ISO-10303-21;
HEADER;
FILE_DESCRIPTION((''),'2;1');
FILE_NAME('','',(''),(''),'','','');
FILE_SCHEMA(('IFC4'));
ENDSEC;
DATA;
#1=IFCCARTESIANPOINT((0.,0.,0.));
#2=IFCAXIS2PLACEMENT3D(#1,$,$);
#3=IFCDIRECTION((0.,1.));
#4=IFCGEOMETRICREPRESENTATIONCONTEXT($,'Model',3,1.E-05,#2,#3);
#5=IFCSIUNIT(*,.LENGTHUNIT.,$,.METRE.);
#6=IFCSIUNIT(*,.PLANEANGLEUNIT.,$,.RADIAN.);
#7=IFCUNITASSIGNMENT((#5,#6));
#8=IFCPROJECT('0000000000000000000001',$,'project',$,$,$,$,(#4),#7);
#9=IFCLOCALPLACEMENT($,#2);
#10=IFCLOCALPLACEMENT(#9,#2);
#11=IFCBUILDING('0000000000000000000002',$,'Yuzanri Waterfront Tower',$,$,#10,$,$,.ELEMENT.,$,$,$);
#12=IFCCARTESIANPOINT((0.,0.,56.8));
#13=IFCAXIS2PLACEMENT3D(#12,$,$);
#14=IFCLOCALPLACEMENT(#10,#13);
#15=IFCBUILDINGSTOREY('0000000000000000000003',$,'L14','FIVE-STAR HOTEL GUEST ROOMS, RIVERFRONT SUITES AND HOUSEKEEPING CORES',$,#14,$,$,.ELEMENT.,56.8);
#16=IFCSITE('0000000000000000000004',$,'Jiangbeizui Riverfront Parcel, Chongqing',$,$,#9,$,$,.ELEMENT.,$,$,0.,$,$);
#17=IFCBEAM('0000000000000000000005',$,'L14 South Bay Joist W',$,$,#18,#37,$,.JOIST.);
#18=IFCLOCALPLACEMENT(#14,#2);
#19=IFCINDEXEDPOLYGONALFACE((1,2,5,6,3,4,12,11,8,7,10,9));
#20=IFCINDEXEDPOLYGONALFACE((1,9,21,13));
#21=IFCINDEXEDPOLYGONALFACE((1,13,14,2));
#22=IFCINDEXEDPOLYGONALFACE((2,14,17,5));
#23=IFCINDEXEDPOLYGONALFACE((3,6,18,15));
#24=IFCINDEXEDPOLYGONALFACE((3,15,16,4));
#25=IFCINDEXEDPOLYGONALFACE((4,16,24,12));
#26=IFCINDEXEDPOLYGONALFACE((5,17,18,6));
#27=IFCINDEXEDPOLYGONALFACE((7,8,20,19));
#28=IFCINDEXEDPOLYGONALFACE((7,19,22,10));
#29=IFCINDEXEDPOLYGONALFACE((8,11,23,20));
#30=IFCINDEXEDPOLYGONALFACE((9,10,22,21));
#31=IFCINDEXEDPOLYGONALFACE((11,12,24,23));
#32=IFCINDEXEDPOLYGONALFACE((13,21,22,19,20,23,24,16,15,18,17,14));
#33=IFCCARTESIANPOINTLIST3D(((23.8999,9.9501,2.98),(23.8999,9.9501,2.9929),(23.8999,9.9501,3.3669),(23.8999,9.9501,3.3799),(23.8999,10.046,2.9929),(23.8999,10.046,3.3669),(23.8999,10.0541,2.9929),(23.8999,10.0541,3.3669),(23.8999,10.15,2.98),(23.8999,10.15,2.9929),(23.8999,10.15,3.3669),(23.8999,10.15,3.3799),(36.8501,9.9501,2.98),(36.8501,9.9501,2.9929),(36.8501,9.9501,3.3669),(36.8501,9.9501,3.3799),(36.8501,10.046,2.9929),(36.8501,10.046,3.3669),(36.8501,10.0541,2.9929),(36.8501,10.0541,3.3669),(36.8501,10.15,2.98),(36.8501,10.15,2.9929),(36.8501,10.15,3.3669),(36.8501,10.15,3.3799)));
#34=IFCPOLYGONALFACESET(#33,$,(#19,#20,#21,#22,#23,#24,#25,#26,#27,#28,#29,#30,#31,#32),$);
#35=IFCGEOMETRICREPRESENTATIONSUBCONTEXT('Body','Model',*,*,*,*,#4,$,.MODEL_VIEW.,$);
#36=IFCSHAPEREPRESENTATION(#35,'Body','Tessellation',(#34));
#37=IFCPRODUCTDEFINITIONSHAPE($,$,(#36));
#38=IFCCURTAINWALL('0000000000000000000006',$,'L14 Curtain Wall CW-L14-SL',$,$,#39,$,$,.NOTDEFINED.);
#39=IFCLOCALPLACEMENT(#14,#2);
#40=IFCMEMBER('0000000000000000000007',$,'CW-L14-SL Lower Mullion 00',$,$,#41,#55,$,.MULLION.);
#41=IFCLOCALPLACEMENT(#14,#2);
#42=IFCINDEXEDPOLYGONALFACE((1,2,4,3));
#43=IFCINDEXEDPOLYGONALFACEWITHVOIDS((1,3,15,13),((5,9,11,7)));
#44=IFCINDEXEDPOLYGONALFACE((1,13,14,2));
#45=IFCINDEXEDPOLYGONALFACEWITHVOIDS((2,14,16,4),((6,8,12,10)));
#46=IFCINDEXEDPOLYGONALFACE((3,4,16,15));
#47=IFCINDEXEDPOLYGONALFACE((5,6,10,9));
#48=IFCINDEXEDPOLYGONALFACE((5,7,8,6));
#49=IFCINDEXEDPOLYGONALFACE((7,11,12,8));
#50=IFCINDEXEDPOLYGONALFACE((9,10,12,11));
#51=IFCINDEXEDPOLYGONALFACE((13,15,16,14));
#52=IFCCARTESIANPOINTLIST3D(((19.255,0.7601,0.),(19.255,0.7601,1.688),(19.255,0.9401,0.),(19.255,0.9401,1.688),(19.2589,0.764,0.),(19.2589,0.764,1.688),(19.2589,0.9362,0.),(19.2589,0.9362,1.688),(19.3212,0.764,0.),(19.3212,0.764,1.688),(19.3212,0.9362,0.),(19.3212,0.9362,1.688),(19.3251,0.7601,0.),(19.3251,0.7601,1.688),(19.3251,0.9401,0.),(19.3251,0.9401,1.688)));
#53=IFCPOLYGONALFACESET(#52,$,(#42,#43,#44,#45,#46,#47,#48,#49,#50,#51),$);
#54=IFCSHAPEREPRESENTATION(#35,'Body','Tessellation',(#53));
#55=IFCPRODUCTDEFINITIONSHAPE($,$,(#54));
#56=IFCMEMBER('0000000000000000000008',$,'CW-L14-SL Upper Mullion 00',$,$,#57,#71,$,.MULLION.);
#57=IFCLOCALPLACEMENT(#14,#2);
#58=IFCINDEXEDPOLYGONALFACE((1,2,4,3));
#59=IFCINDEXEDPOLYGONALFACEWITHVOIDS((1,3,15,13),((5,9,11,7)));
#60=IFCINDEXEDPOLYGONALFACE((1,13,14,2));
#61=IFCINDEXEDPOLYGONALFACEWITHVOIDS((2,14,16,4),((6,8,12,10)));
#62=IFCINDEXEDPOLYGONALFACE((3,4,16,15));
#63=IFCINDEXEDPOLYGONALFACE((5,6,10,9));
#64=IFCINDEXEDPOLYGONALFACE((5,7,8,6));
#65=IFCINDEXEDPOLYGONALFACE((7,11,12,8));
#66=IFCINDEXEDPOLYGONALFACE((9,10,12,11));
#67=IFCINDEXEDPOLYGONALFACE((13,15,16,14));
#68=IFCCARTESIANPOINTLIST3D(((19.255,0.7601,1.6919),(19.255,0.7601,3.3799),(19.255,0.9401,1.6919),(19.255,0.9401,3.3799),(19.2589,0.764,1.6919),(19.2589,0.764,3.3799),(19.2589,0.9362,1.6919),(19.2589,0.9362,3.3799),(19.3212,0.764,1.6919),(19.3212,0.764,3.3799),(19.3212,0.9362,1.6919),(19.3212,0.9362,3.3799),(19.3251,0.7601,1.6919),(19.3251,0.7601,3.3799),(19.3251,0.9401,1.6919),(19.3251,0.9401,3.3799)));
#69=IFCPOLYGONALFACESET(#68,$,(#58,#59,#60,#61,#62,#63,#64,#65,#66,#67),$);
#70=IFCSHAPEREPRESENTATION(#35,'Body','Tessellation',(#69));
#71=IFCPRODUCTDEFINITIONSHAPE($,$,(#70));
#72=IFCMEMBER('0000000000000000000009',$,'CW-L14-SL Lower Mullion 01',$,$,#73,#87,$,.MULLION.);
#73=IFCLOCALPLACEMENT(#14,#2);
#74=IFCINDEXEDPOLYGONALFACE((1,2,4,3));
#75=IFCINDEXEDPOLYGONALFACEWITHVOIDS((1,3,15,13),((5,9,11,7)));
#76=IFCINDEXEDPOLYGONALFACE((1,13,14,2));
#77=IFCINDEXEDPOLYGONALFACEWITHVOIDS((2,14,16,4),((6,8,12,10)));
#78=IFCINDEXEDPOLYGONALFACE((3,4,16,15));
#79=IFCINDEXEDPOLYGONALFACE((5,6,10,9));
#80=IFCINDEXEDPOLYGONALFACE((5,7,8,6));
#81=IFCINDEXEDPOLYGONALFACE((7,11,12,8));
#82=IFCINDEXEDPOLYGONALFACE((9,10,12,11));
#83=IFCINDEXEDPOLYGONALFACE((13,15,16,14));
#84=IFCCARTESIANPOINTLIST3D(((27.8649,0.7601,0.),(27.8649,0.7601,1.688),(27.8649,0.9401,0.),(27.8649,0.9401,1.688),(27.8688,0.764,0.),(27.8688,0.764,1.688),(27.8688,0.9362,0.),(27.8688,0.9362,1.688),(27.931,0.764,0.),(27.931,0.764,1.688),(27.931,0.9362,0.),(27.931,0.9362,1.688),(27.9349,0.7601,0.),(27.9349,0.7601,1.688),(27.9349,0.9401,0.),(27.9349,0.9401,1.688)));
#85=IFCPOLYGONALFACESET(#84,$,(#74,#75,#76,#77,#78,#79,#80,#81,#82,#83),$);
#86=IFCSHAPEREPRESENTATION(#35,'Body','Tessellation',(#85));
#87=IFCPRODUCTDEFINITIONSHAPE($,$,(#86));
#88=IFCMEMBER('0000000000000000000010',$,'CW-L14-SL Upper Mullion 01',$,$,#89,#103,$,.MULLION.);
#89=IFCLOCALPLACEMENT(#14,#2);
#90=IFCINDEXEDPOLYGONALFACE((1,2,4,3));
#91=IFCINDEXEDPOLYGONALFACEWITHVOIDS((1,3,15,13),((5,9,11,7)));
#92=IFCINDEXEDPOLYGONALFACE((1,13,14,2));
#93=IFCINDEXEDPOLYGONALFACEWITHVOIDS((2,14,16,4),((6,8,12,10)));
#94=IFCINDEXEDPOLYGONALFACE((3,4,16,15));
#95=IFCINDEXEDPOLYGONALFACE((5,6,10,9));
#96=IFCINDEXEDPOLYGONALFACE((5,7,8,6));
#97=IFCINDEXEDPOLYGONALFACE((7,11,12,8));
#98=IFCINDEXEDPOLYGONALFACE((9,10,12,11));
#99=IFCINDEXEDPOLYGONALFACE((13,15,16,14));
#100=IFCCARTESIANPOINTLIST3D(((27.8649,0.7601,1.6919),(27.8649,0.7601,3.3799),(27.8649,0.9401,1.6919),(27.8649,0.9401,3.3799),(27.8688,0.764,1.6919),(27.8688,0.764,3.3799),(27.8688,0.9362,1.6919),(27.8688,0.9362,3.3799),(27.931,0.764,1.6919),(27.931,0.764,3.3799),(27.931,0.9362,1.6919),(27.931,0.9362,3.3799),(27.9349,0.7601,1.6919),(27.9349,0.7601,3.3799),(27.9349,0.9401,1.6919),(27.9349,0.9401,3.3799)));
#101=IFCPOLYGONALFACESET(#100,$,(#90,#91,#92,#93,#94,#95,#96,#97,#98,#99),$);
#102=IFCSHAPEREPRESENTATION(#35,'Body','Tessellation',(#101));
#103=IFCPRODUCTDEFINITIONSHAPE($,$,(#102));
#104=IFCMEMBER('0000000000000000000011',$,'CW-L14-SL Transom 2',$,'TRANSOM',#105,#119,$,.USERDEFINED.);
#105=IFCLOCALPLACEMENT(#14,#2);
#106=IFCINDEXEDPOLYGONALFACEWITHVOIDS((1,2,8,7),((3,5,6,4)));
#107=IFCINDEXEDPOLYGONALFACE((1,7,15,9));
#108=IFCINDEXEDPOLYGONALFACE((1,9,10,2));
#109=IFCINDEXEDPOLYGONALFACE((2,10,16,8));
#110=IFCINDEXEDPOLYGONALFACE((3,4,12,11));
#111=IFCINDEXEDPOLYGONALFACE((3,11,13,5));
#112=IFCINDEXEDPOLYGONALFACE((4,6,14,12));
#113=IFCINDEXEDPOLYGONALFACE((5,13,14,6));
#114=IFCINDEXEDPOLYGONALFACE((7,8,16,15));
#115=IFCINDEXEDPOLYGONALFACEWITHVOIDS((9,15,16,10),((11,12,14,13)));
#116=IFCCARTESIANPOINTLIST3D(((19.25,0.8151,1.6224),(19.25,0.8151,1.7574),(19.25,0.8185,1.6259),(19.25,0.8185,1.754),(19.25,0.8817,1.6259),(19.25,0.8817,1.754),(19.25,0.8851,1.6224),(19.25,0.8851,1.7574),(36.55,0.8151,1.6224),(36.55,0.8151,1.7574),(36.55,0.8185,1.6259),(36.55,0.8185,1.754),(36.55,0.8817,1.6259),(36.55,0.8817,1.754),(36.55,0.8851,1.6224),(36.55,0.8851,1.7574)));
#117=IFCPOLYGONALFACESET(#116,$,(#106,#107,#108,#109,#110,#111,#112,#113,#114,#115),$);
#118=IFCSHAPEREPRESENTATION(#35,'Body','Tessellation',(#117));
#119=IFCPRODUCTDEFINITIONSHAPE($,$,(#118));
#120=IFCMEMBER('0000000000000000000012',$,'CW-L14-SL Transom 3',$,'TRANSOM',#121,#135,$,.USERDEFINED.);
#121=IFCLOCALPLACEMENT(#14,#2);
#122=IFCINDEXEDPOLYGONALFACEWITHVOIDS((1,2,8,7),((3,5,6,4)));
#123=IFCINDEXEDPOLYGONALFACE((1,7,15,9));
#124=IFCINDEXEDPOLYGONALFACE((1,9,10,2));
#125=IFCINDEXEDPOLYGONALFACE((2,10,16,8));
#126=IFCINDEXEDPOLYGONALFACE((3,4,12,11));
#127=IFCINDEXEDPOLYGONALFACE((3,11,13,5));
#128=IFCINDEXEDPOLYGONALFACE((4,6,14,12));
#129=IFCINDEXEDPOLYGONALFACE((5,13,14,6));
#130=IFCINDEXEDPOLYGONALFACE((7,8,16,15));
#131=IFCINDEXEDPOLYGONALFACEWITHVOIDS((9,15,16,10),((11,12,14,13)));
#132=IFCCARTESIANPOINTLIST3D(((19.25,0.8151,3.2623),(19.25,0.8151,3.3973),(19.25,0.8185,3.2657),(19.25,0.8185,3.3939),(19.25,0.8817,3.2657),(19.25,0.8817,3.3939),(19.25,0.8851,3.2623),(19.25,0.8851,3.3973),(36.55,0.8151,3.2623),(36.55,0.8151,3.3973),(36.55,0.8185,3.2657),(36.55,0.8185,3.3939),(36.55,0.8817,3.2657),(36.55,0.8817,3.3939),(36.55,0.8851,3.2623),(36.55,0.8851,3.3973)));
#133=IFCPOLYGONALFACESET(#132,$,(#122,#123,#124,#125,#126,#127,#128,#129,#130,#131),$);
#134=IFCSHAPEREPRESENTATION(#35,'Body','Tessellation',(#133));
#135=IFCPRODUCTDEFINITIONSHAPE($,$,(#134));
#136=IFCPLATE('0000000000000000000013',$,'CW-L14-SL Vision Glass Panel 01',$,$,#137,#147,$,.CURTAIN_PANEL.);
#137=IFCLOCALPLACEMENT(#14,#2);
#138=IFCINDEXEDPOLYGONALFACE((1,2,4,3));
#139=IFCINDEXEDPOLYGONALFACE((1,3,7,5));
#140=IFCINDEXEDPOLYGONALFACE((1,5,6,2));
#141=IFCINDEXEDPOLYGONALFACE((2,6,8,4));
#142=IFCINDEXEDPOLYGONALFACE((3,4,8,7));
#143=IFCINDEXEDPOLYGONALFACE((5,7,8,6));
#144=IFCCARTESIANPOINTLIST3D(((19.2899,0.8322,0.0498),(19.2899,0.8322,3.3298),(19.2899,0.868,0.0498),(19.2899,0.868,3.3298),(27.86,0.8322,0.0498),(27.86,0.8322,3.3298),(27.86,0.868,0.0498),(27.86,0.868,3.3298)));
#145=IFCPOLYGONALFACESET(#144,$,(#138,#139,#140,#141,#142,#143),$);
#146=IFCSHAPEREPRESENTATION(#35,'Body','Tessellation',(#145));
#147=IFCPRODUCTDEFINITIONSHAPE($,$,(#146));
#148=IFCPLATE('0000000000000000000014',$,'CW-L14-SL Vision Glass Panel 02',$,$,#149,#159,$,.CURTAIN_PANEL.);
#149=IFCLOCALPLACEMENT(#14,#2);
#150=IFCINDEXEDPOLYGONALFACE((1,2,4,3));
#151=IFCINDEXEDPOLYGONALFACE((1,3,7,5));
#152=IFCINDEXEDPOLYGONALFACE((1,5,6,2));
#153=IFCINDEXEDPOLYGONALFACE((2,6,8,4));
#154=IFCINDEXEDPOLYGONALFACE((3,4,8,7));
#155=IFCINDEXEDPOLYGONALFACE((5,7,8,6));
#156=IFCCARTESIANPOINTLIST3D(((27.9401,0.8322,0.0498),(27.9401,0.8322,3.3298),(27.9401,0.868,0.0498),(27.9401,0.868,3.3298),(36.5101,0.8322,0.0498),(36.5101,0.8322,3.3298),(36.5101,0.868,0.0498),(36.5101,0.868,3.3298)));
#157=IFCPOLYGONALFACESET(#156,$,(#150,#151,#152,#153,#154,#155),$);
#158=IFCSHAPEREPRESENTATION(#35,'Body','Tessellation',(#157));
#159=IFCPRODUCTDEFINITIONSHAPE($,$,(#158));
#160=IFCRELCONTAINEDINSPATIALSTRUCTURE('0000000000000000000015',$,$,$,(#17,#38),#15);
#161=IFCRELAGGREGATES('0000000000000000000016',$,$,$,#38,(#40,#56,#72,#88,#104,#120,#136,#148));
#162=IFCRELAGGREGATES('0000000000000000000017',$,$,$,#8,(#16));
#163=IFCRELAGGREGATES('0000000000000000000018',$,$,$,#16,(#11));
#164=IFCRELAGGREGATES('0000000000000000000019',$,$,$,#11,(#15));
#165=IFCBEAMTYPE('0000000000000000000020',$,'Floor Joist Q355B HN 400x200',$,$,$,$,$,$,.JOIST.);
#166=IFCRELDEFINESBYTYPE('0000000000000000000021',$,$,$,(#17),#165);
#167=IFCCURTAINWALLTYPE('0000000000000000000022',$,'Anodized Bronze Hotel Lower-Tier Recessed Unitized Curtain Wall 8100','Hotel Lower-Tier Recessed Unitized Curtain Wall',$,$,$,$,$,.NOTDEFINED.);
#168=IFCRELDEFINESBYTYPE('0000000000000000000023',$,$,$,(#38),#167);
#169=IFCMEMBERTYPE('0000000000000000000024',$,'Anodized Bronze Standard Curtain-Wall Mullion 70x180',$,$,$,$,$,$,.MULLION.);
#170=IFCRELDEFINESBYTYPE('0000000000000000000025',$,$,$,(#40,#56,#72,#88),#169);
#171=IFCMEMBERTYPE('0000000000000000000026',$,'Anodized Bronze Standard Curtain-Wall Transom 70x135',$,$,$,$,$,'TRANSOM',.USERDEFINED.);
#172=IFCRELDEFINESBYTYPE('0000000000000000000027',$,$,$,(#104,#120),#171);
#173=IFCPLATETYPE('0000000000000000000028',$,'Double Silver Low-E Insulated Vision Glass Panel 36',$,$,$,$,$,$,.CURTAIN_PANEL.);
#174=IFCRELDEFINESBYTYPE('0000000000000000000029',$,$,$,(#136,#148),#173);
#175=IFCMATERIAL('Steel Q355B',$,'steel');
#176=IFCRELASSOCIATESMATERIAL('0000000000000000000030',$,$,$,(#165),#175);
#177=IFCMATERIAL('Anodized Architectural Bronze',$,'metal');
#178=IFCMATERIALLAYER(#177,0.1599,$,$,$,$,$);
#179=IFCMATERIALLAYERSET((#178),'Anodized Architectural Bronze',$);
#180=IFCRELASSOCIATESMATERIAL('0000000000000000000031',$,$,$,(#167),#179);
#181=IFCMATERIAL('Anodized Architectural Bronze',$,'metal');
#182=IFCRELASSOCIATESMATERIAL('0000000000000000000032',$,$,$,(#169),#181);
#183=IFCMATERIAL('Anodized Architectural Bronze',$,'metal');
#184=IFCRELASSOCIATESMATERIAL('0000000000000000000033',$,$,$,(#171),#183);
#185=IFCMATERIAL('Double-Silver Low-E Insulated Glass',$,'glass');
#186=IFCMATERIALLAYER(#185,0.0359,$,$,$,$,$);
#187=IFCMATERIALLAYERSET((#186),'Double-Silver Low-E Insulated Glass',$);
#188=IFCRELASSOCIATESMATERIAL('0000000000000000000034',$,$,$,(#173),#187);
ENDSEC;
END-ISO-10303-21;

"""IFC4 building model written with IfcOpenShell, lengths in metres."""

from ifc_helpers import new_model, si_unit, direction, frame, origin, origin_2d, place, context, subcontext, project, spatial, rectangle, hollow_rectangle, i_section, extrude, source, transform, mapped, material, layer, layer_set, material_profile, profile_set, type_object, element, aggregate, save


model = new_model("IFC4")

# Units and contexts
model_context = context("Model", 3, precision=1e-05, world=origin(), true_north=direction((0.0, 1.0)))
body_context = subcontext(model_context, "Body", "Model", "MODEL_VIEW")
ifc_project = project(units=[si_unit("LENGTHUNIT", "METRE"), si_unit("PLANEANGLEUNIT", "RADIAN")], contexts=[model_context])

# Site, building, storey
site_placement = place(None, origin())
site = spatial("IfcSite", under=ifc_project, at=site_placement, Name="Jiangbeizui Riverfront Parcel, Chongqing", CompositionType="ELEMENT", RefElevation=0.0)
building_placement = place(site_placement, origin())
building = spatial("IfcBuilding", under=site, at=building_placement, Name="Yuzanri Waterfront Tower", CompositionType="ELEMENT")
storey_placement = place(building_placement, frame((0.0, 0.0, 56.8)))
storey = spatial("IfcBuildingStorey", under=building, at=storey_placement, Name="L14", Description="FIVE-STAR HOTEL GUEST ROOMS, RIVERFRONT SUITES AND HOUSEKEEPING CORES", CompositionType="ELEMENT", Elevation=56.8)

# Beam
ifc_material_1 = material(Name="Steel Q355B", Category="steel")
ifc_material_profile_1 = material_profile(ifc_material_1, i_section(OverallWidth=0.2, OverallDepth=0.3999, WebThickness=0.0081, FlangeThickness=0.0129, at=origin_2d()), Name="HN 400x200x8x13")
ifc_profile_set_1 = profile_set([ifc_material_profile_1], Name="Steel Q355B")
beam_type = type_object("IfcBeamType", Name="Floor Joist Q355B HN 400x200", PredefinedType="JOIST", material=ifc_profile_set_1)
shared_shape_1 = source(origin(), body_context, "Body", "SweptSolid", [
    extrude(i_section(OverallWidth=0.2, OverallDepth=0.3999, WebThickness=0.0081, FlangeThickness=0.0129, at=origin_2d()), origin(), (0.0, 0.0, 1.0), 12.9502),
])
beam_placement = place(storey_placement, frame((23.8999, 10.05, 3.1799), z_axis=(1.0, 0.0, 0.0), x_axis=(0.0, 1.0, 0.0)))
element("IfcBeam", 1, at=beam_placement, inside=storey, type_object=beam_type, Name="L14 South Bay Joist W", PredefinedType="JOIST", context=body_context, shape_type="MappedRepresentation", body=[
    mapped(shared_shape_1, transform((0.0, 0.0, 0.0), scale=1.0)),
])

# Curtain wall, members, plates
ifc_material_2 = material(Name="Anodized Architectural Bronze", Category="metal")
ifc_layer_1 = layer(ifc_material_2, 0.1599)
ifc_layer_set_1 = layer_set([ifc_layer_1], Name="Anodized Architectural Bronze")
curtain_wall_type = type_object("IfcCurtainWallType", Name="Anodized Bronze Hotel Lower-Tier Recessed Unitized Curtain Wall 8100", Description="Hotel Lower-Tier Recessed Unitized Curtain Wall", PredefinedType="NOTDEFINED", material=ifc_layer_set_1)
curtain_wall_placement = place(storey_placement, origin())
curtain_wall = element("IfcCurtainWall", 2, at=curtain_wall_placement, inside=storey, type_object=curtain_wall_type, Name="L14 Curtain Wall CW-L14-SL", PredefinedType="NOTDEFINED")
ifc_material_3 = material(Name="Anodized Architectural Bronze", Category="metal")
ifc_material_profile_2 = material_profile(ifc_material_3, hollow_rectangle(XDim=0.0701, YDim=0.1799, WallThickness=0.0039, at=origin_2d()), Name="CWM 70x180")
ifc_profile_set_2 = profile_set([ifc_material_profile_2], Name="Anodized Architectural Bronze")
member_type_1 = type_object("IfcMemberType", Name="Anodized Bronze Standard Curtain-Wall Mullion 70x180", PredefinedType="MULLION", material=ifc_profile_set_2)
shared_shape_2 = source(origin(), body_context, "Body", "SweptSolid", [
    extrude(hollow_rectangle(XDim=0.0701, YDim=0.1799, WallThickness=0.0039, at=origin_2d()), origin(), (0.0, 0.0, 1.0), 1.688),
])
member_1_placement = place(storey_placement, frame((19.29, 0.8501, 0.0), z_axis=(0.0, 0.0, 1.0), x_axis=(1.0, 0.0, 0.0)))
member_1 = element("IfcMember", 3, at=member_1_placement, type_object=member_type_1, Name="CW-L14-SL Lower Mullion 00", PredefinedType="MULLION", context=body_context, shape_type="MappedRepresentation", body=[
    mapped(shared_shape_2, transform((0.0, 0.0, 0.0), scale=1.0)),
])
member_2_placement = place(storey_placement, frame((19.29, 0.8501, 1.6919), z_axis=(0.0, 0.0, 1.0), x_axis=(1.0, 0.0, 0.0)))
member_2 = element("IfcMember", 4, at=member_2_placement, type_object=member_type_1, Name="CW-L14-SL Upper Mullion 00", PredefinedType="MULLION", context=body_context, shape_type="MappedRepresentation", body=[
    mapped(shared_shape_2, transform((0.0, 0.0, 0.0), scale=1.0)),
])
member_3_placement = place(storey_placement, frame((27.8999, 0.8501, 0.0), z_axis=(0.0, 0.0, 1.0), x_axis=(1.0, 0.0, 0.0)))
member_3 = element("IfcMember", 5, at=member_3_placement, type_object=member_type_1, Name="CW-L14-SL Lower Mullion 01", PredefinedType="MULLION", context=body_context, shape_type="MappedRepresentation", body=[
    mapped(shared_shape_2, transform((0.0, 0.0, 0.0), scale=1.0)),
])
member_4_placement = place(storey_placement, frame((27.8999, 0.8501, 1.6919), z_axis=(0.0, 0.0, 1.0), x_axis=(1.0, 0.0, 0.0)))
member_4 = element("IfcMember", 6, at=member_4_placement, type_object=member_type_1, Name="CW-L14-SL Upper Mullion 01", PredefinedType="MULLION", context=body_context, shape_type="MappedRepresentation", body=[
    mapped(shared_shape_2, transform((0.0, 0.0, 0.0), scale=1.0)),
])
ifc_material_4 = material(Name="Anodized Architectural Bronze", Category="metal")
ifc_material_profile_3 = material_profile(ifc_material_4, hollow_rectangle(XDim=0.0701, YDim=0.135, WallThickness=0.0034, at=origin_2d()), Name="CWT 70x135")
ifc_profile_set_3 = profile_set([ifc_material_profile_3], Name="Anodized Architectural Bronze")
member_type_2 = type_object("IfcMemberType", Name="Anodized Bronze Standard Curtain-Wall Transom 70x135", ElementType="TRANSOM", PredefinedType="USERDEFINED", material=ifc_profile_set_3)
shared_shape_3 = source(origin(), body_context, "Body", "SweptSolid", [
    extrude(hollow_rectangle(XDim=0.0701, YDim=0.135, WallThickness=0.0034, at=origin_2d()), origin(), (0.0, 0.0, 1.0), 17.3),
])
member_5_placement = place(storey_placement, frame((19.25, 0.8501, 1.6899), z_axis=(1.0, 0.0, 0.0), x_axis=(0.0, 1.0, 0.0)))
member_5 = element("IfcMember", 7, at=member_5_placement, type_object=member_type_2, Name="CW-L14-SL Transom 2", ObjectType="TRANSOM", PredefinedType="USERDEFINED", context=body_context, shape_type="MappedRepresentation", body=[
    mapped(shared_shape_3, transform((0.0, 0.0, 0.0), scale=1.0)),
])
member_6_placement = place(storey_placement, frame((19.25, 0.8501, 3.3298), z_axis=(1.0, 0.0, 0.0), x_axis=(0.0, 1.0, 0.0)))
member_6 = element("IfcMember", 8, at=member_6_placement, type_object=member_type_2, Name="CW-L14-SL Transom 3", ObjectType="TRANSOM", PredefinedType="USERDEFINED", context=body_context, shape_type="MappedRepresentation", body=[
    mapped(shared_shape_3, transform((0.0, 0.0, 0.0), scale=1.0)),
])
ifc_material_5 = material(Name="Double-Silver Low-E Insulated Glass", Category="glass")
ifc_layer_2 = layer(ifc_material_5, 0.0359)
ifc_layer_set_2 = layer_set([ifc_layer_2], Name="Double-Silver Low-E Insulated Glass")
plate_type = type_object("IfcPlateType", Name="Double Silver Low-E Insulated Vision Glass Panel 36", PredefinedType="CURTAIN_PANEL", material=ifc_layer_set_2)
shared_shape_4 = source(origin(), body_context, "Body", "SweptSolid", [
    extrude(rectangle(XDim=8.5701, YDim=0.0359, at=origin_2d()), origin(), (0.0, 0.0, 1.0), 3.28),
])
plate_1_placement = place(storey_placement, frame((23.575, 0.8501, 0.0498), z_axis=(0.0, 0.0, 1.0), x_axis=(1.0, 0.0, 0.0)))
plate_1 = element("IfcPlate", 9, at=plate_1_placement, type_object=plate_type, Name="CW-L14-SL Vision Glass Panel 01", PredefinedType="CURTAIN_PANEL", context=body_context, shape_type="MappedRepresentation", body=[
    mapped(shared_shape_4, transform((0.0, 0.0, 0.0), scale=1.0)),
])
plate_2_placement = place(storey_placement, frame((32.2251, 0.8501, 0.0498), z_axis=(0.0, 0.0, 1.0), x_axis=(1.0, 0.0, 0.0)))
plate_2 = element("IfcPlate", 10, at=plate_2_placement, type_object=plate_type, Name="CW-L14-SL Vision Glass Panel 02", PredefinedType="CURTAIN_PANEL", context=body_context, shape_type="MappedRepresentation", body=[
    mapped(shared_shape_4, transform((0.0, 0.0, 0.0), scale=1.0)),
])
aggregate(curtain_wall, [member_1, member_2, member_3, member_4, member_5, member_6, plate_1, plate_2])

save(model, "model.ifc")
